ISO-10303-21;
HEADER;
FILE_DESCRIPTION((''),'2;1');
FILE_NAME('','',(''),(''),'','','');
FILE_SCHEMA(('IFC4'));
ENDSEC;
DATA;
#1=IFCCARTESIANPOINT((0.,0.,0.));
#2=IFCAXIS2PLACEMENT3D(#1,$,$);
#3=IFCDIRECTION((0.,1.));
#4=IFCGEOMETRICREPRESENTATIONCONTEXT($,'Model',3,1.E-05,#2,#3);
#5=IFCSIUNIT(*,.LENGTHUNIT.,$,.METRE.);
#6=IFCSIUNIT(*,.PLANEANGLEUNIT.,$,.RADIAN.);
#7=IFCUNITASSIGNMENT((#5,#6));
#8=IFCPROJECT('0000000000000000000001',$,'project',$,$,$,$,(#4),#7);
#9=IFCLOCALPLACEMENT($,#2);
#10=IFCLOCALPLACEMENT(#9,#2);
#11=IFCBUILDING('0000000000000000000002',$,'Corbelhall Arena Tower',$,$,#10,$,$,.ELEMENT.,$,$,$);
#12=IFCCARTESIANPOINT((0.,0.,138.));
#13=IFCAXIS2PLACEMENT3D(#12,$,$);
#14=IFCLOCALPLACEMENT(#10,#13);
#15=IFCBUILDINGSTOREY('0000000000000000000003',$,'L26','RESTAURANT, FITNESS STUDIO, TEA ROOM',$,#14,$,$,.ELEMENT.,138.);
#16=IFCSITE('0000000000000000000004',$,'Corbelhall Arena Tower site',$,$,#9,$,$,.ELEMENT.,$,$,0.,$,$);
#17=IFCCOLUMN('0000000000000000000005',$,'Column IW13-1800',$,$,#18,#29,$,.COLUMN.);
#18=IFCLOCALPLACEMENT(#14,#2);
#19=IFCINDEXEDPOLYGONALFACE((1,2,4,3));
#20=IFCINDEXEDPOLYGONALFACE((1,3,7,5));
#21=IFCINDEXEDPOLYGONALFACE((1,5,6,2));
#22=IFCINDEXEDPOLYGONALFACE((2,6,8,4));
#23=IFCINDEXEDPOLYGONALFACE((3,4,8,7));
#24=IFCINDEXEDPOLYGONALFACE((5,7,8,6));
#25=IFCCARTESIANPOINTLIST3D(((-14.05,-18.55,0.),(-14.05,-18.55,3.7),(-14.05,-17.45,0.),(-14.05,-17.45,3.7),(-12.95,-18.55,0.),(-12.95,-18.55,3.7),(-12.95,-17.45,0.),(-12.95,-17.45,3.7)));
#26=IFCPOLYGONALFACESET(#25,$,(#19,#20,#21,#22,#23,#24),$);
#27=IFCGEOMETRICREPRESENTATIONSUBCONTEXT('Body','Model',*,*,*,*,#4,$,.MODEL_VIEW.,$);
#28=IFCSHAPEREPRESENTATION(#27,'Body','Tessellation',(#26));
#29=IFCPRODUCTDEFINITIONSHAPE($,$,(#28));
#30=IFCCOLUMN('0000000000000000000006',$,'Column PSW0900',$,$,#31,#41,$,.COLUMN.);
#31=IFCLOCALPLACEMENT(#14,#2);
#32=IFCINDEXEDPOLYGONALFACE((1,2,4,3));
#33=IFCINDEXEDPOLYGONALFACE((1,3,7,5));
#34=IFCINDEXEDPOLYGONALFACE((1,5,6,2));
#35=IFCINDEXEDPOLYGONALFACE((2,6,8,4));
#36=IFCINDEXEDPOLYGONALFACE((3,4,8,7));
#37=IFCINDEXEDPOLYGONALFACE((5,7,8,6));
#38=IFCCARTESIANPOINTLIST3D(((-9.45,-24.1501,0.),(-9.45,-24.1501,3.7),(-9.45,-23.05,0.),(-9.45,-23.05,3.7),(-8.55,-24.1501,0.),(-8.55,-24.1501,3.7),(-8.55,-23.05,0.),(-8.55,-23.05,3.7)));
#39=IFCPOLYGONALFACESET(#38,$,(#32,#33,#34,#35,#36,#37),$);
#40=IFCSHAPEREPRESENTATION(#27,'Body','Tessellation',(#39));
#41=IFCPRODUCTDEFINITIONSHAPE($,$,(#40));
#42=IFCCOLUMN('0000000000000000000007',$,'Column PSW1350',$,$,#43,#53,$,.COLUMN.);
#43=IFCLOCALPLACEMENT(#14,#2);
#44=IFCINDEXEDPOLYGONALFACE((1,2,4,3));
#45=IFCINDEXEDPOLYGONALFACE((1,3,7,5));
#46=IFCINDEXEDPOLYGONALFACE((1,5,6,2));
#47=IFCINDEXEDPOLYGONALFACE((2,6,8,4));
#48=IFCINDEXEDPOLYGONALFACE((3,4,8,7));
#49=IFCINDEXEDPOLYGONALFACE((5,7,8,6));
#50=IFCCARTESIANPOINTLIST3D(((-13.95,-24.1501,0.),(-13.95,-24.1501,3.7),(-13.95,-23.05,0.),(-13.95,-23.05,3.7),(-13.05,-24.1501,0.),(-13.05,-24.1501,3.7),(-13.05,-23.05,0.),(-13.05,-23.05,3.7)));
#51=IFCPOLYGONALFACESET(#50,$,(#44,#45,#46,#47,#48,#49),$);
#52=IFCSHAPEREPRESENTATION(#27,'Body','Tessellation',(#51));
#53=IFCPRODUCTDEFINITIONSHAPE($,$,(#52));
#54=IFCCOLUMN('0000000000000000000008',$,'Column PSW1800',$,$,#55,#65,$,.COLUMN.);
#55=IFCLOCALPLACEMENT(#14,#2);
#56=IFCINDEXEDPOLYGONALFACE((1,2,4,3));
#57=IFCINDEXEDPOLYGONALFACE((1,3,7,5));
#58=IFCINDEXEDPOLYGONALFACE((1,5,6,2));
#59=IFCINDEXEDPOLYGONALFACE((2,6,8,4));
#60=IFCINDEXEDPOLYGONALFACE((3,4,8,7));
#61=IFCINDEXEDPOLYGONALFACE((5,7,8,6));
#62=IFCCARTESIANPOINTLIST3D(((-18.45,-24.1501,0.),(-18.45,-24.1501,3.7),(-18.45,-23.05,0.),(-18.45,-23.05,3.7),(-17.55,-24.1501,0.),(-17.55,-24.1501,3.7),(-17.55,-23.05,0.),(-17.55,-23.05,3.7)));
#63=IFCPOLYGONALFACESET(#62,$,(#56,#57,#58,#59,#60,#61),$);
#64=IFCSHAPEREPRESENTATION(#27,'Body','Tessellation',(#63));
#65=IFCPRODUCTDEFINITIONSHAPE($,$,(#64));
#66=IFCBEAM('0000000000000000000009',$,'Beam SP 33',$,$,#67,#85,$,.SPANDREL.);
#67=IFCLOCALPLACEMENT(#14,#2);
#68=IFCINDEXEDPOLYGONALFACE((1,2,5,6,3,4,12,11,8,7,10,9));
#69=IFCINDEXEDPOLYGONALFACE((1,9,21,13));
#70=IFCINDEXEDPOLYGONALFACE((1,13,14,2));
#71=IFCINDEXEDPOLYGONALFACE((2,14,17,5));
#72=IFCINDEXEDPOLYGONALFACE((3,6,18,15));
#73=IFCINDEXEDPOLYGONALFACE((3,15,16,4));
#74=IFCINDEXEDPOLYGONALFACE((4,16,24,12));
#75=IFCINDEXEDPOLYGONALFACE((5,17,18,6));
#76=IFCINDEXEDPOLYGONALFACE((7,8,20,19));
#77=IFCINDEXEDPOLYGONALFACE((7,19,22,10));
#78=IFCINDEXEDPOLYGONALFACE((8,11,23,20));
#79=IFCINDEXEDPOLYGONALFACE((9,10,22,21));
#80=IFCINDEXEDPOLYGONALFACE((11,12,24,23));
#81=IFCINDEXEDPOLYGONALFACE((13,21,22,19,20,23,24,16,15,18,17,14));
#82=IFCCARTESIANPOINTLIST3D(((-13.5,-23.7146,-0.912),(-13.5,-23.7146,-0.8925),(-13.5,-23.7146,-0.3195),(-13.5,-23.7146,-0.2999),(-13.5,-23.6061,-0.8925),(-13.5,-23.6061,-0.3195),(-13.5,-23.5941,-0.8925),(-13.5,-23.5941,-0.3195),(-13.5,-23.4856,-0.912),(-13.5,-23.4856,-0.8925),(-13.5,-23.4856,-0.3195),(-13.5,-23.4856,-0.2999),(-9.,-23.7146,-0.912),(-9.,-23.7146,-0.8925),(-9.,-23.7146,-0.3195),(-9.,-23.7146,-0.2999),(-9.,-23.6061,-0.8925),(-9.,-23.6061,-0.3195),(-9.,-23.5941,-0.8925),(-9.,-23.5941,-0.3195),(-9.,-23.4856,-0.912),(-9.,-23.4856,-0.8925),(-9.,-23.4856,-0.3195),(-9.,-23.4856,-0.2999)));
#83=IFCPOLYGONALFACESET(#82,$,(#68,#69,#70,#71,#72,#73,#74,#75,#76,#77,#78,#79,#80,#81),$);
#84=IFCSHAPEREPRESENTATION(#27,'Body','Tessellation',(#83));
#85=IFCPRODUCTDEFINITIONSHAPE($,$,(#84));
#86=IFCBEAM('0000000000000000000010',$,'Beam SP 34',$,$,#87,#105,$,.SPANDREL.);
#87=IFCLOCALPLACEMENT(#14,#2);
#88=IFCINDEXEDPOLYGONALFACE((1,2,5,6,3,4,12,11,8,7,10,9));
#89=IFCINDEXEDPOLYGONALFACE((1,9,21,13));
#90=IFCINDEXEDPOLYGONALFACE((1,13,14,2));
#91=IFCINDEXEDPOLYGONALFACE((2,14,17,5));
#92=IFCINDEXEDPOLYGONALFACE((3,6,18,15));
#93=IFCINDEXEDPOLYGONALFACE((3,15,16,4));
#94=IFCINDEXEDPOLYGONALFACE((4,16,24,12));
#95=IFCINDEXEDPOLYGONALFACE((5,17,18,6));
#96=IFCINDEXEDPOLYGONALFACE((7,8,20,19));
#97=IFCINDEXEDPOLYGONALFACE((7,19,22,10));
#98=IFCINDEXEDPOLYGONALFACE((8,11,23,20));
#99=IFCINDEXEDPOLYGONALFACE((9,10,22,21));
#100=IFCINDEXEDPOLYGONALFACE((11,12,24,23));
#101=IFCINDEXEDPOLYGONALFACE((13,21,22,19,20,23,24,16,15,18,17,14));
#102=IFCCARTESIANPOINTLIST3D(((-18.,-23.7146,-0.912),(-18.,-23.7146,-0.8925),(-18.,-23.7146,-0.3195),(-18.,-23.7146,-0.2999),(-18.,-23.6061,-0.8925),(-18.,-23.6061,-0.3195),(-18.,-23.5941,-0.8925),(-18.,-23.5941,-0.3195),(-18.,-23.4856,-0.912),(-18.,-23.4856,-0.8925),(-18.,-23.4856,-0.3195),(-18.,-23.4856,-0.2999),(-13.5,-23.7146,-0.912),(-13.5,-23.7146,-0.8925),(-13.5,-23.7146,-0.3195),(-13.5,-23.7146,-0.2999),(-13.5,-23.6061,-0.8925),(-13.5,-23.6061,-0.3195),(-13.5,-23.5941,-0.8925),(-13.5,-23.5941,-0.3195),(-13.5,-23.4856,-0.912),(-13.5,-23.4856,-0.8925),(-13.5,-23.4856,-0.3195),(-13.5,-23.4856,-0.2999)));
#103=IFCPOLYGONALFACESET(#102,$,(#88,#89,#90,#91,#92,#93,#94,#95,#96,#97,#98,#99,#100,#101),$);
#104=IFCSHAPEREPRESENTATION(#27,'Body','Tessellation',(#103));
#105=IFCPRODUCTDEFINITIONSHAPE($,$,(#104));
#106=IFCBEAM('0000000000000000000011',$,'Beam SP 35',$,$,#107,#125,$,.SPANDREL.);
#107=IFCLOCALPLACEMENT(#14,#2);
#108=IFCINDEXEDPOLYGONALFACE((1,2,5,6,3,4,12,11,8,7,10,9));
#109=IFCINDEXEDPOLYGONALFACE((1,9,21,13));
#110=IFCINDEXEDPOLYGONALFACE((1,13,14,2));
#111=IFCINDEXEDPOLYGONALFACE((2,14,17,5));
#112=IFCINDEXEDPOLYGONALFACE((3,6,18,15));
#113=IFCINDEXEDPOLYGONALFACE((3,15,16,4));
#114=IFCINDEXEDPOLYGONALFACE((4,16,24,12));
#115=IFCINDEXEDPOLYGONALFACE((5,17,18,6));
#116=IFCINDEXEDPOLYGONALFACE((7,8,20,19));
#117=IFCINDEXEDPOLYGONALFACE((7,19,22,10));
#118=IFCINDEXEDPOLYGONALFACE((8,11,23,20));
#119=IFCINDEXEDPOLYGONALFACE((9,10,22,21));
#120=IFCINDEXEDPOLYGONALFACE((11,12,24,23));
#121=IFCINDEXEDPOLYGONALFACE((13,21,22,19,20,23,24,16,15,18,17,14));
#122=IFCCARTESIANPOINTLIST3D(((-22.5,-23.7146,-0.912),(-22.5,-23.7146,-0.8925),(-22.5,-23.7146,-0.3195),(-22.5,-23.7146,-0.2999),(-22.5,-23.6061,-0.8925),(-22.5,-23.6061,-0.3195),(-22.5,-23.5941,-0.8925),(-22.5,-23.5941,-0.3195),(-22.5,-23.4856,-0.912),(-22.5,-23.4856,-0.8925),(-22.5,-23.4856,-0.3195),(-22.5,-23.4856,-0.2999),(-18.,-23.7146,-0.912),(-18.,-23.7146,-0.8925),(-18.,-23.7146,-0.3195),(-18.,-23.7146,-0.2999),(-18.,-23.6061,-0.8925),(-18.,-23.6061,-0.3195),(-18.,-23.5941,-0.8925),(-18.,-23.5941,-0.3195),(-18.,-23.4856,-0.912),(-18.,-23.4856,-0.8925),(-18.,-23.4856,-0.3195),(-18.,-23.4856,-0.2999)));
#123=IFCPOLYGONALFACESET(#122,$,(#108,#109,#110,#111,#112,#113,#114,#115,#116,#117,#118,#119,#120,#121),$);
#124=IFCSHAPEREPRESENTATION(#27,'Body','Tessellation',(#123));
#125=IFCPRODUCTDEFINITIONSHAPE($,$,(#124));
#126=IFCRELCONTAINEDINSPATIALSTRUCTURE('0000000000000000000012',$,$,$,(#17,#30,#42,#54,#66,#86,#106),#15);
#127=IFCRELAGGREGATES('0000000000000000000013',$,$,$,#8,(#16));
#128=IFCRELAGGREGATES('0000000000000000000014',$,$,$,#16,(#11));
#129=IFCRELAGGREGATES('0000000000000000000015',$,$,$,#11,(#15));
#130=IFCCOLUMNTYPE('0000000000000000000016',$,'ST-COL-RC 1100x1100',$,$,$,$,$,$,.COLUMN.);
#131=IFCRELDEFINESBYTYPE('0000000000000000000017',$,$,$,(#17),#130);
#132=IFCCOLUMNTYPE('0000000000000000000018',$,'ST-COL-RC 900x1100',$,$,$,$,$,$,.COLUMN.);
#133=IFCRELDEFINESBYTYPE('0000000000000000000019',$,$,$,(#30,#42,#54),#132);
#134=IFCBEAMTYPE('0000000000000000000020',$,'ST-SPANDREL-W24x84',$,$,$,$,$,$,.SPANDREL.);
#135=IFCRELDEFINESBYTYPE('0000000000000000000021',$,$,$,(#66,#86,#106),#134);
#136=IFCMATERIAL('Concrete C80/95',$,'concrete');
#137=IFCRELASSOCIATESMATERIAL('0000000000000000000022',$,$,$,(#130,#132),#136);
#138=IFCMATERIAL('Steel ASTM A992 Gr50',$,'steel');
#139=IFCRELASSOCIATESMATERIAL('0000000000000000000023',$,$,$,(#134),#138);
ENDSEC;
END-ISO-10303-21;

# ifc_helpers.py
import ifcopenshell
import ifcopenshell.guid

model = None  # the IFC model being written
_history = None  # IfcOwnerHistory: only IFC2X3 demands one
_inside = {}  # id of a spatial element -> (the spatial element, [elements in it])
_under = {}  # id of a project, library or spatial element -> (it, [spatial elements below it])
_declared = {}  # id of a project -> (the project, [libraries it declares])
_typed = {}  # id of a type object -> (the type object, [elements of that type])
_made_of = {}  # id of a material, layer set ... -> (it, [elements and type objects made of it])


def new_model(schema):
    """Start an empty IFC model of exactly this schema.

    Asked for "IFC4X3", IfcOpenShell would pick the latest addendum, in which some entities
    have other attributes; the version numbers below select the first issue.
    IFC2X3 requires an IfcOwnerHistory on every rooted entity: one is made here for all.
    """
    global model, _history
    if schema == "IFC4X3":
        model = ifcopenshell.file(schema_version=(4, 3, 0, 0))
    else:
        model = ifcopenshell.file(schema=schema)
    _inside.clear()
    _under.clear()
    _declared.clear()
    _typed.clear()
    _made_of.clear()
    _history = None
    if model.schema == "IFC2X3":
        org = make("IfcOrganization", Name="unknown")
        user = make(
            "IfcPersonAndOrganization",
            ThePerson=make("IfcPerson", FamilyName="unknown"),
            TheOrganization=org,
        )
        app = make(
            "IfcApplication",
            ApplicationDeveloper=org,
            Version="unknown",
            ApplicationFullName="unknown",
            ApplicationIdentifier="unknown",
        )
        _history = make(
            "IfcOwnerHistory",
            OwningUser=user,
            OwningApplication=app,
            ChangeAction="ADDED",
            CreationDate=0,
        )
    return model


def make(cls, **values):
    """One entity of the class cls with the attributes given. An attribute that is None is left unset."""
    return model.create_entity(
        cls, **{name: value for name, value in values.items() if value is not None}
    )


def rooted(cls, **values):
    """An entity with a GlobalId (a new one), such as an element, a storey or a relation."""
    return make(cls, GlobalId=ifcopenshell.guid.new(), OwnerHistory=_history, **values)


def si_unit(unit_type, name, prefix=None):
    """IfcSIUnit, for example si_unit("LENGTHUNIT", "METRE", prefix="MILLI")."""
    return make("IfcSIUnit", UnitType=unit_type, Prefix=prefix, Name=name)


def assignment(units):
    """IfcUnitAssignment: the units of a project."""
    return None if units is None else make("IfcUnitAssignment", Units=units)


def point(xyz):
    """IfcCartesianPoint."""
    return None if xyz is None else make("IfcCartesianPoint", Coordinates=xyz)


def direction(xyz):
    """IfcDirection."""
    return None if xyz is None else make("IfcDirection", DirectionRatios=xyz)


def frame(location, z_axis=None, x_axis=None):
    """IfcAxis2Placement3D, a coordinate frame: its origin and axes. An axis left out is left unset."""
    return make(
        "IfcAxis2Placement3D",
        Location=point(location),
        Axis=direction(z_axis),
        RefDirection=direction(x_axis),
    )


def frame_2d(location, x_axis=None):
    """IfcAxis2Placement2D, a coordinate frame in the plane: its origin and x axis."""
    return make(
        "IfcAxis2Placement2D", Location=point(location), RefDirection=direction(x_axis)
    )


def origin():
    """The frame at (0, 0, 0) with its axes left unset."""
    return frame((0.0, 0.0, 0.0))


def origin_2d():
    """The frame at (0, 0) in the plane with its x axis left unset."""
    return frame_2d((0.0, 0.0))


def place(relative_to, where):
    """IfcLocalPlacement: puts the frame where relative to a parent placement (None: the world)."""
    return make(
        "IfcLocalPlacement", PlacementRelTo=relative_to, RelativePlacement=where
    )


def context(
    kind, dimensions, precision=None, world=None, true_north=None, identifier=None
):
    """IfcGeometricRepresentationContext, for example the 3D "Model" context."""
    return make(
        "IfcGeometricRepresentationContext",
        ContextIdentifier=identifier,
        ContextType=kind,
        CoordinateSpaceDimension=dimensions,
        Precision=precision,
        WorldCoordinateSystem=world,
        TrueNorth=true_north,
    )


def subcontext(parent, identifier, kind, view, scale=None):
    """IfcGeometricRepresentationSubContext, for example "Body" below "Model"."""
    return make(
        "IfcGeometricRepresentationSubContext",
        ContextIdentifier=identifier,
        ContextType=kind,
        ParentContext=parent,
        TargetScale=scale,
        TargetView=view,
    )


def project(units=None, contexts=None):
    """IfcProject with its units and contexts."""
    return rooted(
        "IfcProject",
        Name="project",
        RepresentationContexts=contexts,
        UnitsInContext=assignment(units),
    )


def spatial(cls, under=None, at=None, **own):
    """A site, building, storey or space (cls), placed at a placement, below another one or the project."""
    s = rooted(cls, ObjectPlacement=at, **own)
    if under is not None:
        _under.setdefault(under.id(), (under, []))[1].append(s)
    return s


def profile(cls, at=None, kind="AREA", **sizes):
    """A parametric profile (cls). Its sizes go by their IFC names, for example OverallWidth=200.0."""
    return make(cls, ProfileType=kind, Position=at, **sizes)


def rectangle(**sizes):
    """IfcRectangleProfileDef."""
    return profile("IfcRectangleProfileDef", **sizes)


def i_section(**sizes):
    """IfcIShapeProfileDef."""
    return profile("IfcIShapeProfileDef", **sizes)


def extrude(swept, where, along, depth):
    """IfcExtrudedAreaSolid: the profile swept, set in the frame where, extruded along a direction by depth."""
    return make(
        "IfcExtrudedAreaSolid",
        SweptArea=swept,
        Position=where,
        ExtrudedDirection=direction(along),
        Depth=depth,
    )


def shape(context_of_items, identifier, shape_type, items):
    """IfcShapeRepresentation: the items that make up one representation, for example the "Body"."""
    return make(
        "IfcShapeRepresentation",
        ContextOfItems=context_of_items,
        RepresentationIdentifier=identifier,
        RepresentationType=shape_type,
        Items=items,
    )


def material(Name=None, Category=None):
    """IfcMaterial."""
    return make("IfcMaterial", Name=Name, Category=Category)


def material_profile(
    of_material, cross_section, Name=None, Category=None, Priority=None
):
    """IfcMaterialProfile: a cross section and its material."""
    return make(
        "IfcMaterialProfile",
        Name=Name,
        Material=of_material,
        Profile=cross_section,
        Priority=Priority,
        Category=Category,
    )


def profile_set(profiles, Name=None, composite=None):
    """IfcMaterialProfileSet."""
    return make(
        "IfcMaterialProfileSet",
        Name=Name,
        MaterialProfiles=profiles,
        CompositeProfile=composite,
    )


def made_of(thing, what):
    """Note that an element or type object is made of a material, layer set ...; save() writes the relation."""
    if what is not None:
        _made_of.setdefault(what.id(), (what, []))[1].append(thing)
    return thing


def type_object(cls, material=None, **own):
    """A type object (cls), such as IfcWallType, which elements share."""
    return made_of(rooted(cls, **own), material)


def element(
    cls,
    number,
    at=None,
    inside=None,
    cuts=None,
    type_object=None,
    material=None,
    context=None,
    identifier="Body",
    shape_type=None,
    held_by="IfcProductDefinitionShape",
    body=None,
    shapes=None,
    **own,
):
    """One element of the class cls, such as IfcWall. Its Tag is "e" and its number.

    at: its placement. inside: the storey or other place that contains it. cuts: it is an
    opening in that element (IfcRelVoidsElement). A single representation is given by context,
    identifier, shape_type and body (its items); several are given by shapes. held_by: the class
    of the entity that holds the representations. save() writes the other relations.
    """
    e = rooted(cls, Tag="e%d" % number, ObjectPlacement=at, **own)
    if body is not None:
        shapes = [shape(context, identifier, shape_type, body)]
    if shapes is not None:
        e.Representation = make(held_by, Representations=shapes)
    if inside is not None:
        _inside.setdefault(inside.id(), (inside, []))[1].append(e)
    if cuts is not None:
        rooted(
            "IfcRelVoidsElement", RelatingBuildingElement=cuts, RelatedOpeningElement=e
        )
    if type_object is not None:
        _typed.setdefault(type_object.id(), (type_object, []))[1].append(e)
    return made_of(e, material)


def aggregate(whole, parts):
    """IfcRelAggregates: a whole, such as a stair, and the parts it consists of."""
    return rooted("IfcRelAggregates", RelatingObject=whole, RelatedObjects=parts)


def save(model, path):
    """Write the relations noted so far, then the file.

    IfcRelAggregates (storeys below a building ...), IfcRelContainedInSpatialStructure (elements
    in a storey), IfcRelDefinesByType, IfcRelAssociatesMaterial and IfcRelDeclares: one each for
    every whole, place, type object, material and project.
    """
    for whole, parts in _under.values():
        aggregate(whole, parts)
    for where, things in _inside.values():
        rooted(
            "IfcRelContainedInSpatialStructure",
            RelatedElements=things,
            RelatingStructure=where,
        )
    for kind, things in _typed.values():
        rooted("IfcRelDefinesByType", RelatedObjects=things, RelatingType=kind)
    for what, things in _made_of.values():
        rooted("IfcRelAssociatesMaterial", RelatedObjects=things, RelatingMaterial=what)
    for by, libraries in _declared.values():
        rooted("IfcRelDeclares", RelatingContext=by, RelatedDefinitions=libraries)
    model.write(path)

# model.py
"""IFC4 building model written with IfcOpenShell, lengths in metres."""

from ifc_helpers import new_model, si_unit, direction, frame, origin, origin_2d, place, context, subcontext, project, spatial, rectangle, i_section, extrude, material, material_profile, profile_set, type_object, element, save


model = new_model("IFC4")

# Units and contexts
model_context = context("Model", 3, precision=1e-05, world=origin(), true_north=direction((0.0, 1.0)))
body_context = subcontext(model_context, "Body", "Model", "MODEL_VIEW")
ifc_project = project(units=[si_unit("LENGTHUNIT", "METRE"), si_unit("PLANEANGLEUNIT", "RADIAN")], contexts=[model_context])

# Site, building, storey
site_placement = place(None, origin())
site = spatial("IfcSite", under=ifc_project, at=site_placement, Name="Corbelhall Arena Tower site", CompositionType="ELEMENT", RefElevation=0.0)
building_placement = place(site_placement, origin())
building = spatial("IfcBuilding", under=site, at=building_placement, Name="Corbelhall Arena Tower", CompositionType="ELEMENT")
storey_placement = place(building_placement, frame((0.0, 0.0, 138.0)))
storey = spatial("IfcBuildingStorey", under=building, at=storey_placement, Name="L26", Description="RESTAURANT, FITNESS STUDIO, TEA ROOM", CompositionType="ELEMENT", Elevation=138.0)

# Columns
ifc_material_1 = material(Name="Concrete C80/95", Category="concrete")
ifc_material_profile_1 = material_profile(ifc_material_1, rectangle(XDim=1.1001, YDim=1.1001, at=origin_2d()))
ifc_profile_set_1 = profile_set([ifc_material_profile_1], Name="Concrete C80/95")
column_type_1 = type_object("IfcColumnType", Name="ST-COL-RC 1100x1100", PredefinedType="COLUMN", material=ifc_profile_set_1)
column_placement = place(storey_placement, frame((-13.5, -18.0, 0.0), z_axis=(0.0, 0.0, 1.0), x_axis=(1.0, 0.0, 0.0)))
element("IfcColumn", 1, at=column_placement, inside=storey, type_object=column_type_1, Name="Column IW13-1800", PredefinedType="COLUMN", context=body_context, shape_type="SweptSolid", body=[
    extrude(rectangle(XDim=1.1001, YDim=1.1001, at=origin_2d()), origin(), (0.0, 0.0, 1.0), 3.7),
])
ifc_material_profile_2 = material_profile(ifc_material_1, rectangle(XDim=0.8999, YDim=1.1001, at=origin_2d()))
ifc_profile_set_2 = profile_set([ifc_material_profile_2], Name="Concrete C80/95")
column_type_2 = type_object("IfcColumnType", Name="ST-COL-RC 900x1100", PredefinedType="COLUMN", material=ifc_profile_set_2)
for number, where, z_axis, x_axis, name in (
    (2, (-9.0, -23.6001, 0.0), (0.0, 0.0, 1.0), (1.0, 0.0, 0.0), "Column PSW0900"),
    (3, (-13.5, -23.6001, 0.0), (0.0, 0.0, 1.0), (1.0, 0.0, 0.0), "Column PSW1350"),
    (4, (-18.0, -23.6001, 0.0), (0.0, 0.0, 1.0), (1.0, 0.0, 0.0), "Column PSW1800"),
):
    element("IfcColumn", number, at=place(storey_placement, frame(where, z_axis=z_axis, x_axis=x_axis)), inside=storey, type_object=column_type_2, Name=name, PredefinedType="COLUMN", context=body_context, shape_type="SweptSolid", body=[
        extrude(rectangle(XDim=0.8999, YDim=1.1001, at=origin_2d()), origin(), (0.0, 0.0, 1.0), 3.7),
    ])

# Beams
ifc_material_2 = material(Name="Steel ASTM A992 Gr50", Category="steel")
ifc_material_profile_3 = material_profile(ifc_material_2, i_section(OverallWidth=0.229, OverallDepth=0.6121, WebThickness=0.012, FlangeThickness=0.0195, at=origin_2d()))
ifc_profile_set_3 = profile_set([ifc_material_profile_3], Name="Steel ASTM A992 Gr50")
beam_type = type_object("IfcBeamType", Name="ST-SPANDREL-W24x84", PredefinedType="SPANDREL", material=ifc_profile_set_3)
for number, where, z_axis, x_axis, name in (
    (5, (-9.0, -23.6001, -0.606), (-1.0, 0.0, 0.0), (0.0, -1.0, 0.0), "Beam SP 33"),
    (6, (-13.5, -23.6001, -0.606), (-1.0, 0.0, 0.0), (0.0, -1.0, 0.0), "Beam SP 34"),
    (7, (-18.0, -23.6001, -0.606), (-1.0, 0.0, 0.0), (0.0, -1.0, 0.0), "Beam SP 35"),
):
    element("IfcBeam", number, at=place(storey_placement, frame(where, z_axis=z_axis, x_axis=x_axis)), inside=storey, type_object=beam_type, Name=name, PredefinedType="SPANDREL", context=body_context, shape_type="SweptSolid", body=[
        extrude(i_section(OverallWidth=0.229, OverallDepth=0.6121, WebThickness=0.012, FlangeThickness=0.0195, at=origin_2d()), origin(), (0.0, 0.0, 1.0), 4.5),
    ])

save(model, "model.ifc")
